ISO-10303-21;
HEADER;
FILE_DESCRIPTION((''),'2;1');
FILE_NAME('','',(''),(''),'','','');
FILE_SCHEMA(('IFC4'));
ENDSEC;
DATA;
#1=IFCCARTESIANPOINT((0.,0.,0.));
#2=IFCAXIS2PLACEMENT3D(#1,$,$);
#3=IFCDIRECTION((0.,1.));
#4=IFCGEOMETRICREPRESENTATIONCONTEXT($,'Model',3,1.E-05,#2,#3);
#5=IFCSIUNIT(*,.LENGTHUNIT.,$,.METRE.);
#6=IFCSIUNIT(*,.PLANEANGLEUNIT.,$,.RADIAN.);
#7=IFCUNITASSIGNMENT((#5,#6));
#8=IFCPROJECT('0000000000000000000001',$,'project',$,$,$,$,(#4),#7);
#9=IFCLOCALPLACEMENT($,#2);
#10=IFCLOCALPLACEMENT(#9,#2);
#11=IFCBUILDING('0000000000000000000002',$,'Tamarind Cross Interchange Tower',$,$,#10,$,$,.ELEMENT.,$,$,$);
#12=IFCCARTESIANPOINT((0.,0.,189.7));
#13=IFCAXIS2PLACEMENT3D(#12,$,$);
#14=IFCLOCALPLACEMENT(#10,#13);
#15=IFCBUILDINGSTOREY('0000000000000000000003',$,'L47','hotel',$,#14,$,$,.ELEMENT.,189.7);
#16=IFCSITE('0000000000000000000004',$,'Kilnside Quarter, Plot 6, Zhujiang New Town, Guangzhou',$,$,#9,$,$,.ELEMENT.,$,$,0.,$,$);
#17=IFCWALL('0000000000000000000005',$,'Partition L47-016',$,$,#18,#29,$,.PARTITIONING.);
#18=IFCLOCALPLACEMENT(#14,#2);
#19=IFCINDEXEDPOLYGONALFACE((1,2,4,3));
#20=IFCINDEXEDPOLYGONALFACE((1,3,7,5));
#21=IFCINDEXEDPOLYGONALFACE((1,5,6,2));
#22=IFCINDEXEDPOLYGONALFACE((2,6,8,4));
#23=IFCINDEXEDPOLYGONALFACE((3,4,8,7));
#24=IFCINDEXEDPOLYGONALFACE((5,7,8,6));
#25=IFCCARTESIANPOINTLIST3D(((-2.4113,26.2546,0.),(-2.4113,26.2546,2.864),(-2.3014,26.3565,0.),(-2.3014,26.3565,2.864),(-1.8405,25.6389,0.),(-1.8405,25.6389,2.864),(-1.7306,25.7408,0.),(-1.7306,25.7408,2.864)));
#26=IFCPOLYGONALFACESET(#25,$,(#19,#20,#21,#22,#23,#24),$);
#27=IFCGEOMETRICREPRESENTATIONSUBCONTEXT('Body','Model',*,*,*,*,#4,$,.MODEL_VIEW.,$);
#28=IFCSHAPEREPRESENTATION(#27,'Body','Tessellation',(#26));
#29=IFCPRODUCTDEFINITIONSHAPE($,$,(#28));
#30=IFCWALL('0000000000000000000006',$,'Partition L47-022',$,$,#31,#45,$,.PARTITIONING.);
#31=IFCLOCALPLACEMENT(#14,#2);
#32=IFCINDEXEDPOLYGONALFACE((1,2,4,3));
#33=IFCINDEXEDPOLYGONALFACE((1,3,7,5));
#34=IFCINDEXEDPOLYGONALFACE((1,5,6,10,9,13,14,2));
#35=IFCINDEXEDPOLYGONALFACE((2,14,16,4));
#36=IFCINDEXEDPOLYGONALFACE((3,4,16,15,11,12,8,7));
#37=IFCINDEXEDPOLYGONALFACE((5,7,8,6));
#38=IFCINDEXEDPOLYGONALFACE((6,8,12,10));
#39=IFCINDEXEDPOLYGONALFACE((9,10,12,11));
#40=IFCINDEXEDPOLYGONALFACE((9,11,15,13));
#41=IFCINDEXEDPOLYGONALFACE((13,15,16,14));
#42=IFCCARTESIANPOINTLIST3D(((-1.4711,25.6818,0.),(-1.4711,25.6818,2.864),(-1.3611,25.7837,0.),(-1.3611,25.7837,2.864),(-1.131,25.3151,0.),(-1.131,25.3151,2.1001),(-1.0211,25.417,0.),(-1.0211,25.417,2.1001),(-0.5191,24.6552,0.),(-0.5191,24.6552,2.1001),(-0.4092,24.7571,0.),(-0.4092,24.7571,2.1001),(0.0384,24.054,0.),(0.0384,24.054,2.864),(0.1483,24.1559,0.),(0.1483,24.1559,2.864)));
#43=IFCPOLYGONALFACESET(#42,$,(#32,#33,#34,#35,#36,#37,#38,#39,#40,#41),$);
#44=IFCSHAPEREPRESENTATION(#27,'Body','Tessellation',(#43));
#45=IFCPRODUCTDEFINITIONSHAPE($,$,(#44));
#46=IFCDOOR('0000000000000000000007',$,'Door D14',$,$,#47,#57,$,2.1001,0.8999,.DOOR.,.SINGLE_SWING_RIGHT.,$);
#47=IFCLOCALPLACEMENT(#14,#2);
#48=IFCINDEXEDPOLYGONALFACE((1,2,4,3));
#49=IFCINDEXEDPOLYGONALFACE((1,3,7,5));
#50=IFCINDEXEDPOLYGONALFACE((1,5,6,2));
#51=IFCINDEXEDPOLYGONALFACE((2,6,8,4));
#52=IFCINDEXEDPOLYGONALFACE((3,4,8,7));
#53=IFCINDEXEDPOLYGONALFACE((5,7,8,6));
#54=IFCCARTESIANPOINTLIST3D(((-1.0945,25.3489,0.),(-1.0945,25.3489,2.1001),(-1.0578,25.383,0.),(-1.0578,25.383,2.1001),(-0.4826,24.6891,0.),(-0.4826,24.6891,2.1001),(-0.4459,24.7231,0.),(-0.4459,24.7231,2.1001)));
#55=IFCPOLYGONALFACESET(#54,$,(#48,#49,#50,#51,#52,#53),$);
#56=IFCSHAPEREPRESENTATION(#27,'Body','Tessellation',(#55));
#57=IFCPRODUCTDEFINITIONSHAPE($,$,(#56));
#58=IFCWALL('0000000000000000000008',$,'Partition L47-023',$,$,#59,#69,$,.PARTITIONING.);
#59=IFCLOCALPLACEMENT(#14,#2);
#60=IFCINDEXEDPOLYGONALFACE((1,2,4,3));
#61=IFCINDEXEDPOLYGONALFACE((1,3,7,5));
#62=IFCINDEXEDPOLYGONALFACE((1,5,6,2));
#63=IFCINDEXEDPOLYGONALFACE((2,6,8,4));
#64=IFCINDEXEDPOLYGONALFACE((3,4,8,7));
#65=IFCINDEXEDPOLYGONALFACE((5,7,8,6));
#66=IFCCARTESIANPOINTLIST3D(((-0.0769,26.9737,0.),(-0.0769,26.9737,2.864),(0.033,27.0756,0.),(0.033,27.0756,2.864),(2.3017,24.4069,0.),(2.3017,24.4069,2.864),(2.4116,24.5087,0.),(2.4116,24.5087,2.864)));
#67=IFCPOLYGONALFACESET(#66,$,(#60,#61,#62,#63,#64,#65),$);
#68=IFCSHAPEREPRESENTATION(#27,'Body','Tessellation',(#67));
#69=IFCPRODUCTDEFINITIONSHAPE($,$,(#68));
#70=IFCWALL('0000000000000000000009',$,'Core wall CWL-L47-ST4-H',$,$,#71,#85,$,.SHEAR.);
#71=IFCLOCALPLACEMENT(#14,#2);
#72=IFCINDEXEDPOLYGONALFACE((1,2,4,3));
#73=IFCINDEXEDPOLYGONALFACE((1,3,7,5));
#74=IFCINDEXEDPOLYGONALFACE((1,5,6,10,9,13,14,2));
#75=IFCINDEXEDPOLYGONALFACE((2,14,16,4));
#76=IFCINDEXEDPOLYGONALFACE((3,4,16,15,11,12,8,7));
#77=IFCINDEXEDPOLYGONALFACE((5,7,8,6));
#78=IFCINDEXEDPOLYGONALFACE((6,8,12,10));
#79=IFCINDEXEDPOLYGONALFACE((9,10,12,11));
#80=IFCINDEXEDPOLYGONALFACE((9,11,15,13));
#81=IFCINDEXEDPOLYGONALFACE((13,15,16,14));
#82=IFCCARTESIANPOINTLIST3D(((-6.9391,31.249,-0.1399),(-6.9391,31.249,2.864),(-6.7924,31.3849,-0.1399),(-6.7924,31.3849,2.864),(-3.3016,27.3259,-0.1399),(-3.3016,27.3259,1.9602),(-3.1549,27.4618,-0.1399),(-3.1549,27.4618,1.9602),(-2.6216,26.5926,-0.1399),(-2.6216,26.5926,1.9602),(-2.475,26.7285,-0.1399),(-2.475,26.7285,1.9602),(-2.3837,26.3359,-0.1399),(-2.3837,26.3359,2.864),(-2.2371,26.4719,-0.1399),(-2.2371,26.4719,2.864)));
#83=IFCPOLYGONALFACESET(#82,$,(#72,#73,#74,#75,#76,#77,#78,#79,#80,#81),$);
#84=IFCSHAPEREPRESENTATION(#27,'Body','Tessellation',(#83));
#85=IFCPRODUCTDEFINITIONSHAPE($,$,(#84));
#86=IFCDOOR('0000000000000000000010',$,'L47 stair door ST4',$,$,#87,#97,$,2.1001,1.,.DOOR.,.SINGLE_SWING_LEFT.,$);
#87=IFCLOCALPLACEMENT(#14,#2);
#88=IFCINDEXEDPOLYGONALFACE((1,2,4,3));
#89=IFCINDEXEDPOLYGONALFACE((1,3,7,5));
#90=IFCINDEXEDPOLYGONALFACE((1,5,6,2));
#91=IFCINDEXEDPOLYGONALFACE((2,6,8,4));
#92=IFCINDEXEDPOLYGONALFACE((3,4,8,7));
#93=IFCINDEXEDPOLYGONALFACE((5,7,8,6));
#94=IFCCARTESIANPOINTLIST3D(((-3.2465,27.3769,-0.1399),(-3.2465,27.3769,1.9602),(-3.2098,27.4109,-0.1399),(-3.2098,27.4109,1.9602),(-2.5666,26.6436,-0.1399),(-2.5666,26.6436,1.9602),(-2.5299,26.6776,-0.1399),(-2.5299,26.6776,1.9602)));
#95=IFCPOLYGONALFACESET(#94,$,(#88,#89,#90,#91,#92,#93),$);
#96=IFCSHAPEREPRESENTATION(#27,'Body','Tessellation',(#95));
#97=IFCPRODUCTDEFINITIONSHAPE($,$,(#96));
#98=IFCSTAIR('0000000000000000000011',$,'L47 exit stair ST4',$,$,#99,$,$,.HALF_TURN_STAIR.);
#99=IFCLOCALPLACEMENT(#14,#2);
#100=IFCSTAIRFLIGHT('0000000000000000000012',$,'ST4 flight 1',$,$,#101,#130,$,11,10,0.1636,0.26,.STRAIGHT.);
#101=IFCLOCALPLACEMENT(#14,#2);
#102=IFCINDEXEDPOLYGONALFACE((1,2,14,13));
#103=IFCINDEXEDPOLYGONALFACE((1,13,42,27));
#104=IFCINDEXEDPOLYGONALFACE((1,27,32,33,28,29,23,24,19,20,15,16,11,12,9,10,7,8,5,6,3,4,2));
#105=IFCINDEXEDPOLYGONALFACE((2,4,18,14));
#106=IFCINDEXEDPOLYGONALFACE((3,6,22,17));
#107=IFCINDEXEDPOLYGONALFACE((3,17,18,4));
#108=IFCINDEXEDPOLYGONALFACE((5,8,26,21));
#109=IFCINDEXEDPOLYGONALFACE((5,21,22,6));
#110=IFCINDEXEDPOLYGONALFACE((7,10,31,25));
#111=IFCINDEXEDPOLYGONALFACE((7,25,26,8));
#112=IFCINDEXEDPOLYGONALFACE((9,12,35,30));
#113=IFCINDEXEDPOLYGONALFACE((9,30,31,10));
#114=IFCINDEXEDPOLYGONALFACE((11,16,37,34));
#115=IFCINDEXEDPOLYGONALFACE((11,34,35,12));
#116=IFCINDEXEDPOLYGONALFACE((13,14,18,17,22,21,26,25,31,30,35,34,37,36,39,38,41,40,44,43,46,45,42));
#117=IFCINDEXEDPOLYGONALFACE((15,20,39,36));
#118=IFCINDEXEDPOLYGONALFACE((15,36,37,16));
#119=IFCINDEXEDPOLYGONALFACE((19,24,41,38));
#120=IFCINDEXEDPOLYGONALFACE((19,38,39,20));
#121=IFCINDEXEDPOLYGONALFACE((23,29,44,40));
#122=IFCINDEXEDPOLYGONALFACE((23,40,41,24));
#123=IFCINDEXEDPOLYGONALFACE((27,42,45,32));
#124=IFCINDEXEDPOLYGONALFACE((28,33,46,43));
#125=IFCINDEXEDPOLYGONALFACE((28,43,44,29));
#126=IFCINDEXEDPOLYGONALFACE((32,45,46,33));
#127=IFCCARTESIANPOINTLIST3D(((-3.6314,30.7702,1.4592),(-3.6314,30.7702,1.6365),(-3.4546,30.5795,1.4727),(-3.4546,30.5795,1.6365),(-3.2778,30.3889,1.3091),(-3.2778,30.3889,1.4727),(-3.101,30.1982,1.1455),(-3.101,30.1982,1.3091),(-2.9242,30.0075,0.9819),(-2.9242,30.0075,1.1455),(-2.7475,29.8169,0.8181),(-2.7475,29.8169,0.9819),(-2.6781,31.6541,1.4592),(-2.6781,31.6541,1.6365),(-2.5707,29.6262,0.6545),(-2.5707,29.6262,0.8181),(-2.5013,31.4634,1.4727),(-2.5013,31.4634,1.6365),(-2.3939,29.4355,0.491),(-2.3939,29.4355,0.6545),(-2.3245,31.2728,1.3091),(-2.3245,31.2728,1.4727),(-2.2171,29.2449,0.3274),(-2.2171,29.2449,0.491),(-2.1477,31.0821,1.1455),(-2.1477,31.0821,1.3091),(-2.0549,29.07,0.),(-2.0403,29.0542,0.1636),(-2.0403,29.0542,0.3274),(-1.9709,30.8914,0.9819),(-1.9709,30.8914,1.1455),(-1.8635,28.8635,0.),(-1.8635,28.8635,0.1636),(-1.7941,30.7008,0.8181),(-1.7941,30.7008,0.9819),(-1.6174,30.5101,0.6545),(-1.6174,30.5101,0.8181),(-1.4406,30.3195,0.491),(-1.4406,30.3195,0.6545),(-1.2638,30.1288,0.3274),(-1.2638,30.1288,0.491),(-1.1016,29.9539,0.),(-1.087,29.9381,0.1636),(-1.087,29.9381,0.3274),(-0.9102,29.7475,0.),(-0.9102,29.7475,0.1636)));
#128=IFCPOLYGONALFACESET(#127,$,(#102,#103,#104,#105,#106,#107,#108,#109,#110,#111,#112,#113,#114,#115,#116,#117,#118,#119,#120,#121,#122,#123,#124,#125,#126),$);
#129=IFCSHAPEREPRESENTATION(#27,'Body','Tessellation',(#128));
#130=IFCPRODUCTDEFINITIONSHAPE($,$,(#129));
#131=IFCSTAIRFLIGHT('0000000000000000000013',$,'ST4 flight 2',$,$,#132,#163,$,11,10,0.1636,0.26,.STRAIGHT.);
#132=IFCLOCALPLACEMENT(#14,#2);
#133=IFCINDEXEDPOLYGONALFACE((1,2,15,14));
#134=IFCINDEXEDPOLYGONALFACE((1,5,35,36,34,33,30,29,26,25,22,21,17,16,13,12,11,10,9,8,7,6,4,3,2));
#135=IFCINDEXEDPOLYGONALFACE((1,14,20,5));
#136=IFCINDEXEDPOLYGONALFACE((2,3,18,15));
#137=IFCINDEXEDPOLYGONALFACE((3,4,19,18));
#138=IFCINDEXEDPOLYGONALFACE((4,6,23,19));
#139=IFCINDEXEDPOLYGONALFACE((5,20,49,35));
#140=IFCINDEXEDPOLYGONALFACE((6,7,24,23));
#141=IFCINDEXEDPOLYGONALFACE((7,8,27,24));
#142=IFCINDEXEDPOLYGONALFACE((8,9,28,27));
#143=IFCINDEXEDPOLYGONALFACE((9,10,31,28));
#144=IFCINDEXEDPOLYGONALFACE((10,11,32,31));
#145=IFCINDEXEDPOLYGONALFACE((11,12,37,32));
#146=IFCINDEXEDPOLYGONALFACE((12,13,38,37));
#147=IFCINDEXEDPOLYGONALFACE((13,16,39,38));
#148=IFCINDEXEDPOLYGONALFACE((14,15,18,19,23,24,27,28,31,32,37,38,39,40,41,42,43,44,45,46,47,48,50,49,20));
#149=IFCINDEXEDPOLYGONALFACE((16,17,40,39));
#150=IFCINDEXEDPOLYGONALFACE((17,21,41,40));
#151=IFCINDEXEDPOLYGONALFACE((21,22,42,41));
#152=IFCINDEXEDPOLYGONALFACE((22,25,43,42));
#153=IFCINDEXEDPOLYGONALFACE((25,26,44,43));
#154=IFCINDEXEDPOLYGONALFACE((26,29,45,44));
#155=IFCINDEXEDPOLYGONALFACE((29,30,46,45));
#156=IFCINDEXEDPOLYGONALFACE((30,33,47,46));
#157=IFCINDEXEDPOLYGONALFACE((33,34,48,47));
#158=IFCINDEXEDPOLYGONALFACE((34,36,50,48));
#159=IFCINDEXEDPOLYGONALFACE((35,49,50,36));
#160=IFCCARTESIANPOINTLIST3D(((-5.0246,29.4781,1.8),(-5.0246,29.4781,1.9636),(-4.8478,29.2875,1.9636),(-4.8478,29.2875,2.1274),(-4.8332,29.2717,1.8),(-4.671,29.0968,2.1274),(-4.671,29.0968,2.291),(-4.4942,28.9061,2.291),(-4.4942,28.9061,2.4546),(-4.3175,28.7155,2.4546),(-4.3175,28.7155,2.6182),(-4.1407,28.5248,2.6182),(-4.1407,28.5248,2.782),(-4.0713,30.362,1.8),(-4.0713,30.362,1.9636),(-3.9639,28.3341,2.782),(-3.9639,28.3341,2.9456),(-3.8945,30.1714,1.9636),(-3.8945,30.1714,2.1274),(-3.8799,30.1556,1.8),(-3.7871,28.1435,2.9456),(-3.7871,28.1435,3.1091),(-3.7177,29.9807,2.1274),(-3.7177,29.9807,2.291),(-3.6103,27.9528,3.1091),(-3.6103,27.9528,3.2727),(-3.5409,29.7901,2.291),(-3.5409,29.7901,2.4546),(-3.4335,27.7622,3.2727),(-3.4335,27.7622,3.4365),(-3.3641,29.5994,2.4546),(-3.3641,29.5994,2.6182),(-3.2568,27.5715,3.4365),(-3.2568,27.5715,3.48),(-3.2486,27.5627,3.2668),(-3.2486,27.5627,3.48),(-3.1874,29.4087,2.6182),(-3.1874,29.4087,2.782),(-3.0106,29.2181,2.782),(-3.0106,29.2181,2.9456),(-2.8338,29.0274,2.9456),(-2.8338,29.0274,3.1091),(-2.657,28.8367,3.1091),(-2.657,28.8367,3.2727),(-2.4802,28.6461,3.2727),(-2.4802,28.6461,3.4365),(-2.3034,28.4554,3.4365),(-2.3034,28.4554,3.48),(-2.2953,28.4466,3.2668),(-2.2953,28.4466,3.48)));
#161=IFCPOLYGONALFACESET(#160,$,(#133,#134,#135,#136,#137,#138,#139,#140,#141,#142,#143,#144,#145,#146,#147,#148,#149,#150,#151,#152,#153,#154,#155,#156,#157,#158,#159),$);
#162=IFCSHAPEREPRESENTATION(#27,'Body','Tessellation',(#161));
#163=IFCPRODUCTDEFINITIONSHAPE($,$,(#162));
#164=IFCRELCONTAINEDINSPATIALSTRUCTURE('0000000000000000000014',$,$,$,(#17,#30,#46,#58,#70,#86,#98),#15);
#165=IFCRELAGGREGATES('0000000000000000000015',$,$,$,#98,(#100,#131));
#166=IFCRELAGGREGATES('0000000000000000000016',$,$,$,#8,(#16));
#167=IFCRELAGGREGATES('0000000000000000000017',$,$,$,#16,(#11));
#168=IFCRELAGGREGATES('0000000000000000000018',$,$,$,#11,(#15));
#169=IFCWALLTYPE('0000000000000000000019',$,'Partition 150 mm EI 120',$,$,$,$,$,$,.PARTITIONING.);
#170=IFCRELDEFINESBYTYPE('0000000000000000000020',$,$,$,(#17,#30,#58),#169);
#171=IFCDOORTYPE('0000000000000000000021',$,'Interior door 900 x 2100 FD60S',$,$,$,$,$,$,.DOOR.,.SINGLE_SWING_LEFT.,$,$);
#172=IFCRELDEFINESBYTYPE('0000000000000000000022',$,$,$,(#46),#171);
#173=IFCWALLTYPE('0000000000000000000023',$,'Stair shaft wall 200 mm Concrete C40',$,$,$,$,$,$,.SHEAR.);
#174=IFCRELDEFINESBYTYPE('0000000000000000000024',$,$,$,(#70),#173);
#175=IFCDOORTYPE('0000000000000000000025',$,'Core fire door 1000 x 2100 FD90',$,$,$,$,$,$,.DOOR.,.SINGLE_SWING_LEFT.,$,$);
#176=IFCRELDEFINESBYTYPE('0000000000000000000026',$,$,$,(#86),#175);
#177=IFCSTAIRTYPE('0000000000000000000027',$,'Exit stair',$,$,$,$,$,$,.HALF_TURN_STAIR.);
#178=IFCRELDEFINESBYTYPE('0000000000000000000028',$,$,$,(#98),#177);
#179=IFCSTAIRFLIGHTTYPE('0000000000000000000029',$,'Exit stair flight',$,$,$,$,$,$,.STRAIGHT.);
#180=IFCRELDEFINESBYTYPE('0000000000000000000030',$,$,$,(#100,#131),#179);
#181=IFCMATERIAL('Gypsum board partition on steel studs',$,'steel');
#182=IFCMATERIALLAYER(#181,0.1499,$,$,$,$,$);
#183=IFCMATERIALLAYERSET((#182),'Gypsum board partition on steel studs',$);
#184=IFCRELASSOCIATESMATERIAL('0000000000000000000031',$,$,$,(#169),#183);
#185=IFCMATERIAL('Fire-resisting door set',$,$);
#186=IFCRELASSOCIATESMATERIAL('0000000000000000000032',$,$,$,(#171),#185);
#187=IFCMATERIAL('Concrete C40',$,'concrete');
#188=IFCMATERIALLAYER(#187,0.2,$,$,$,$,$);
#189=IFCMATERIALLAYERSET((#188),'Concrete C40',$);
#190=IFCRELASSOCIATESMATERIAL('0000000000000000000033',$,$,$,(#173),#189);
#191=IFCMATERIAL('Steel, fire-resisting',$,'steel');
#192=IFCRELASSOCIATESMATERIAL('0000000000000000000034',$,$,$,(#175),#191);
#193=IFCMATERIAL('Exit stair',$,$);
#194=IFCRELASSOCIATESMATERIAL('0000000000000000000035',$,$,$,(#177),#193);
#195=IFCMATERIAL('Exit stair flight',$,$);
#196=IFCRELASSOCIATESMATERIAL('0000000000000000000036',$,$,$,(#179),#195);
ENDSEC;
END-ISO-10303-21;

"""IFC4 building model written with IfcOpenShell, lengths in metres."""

from ifc_helpers import new_model, si_unit, direction, frame, frame_2d, origin, place, context, subcontext, project, spatial, polyline, rectangle, outline, extrude, material, layer, layer_set, type_object, element, fill, aggregate, save


model = new_model("IFC4")

# Units and contexts
model_context = context("Model", 3, precision=1e-05, world=origin(), true_north=direction((0.0, 1.0)))
body_context = subcontext(model_context, "Body", "Model", "MODEL_VIEW")
ifc_project = project(units=[si_unit("LENGTHUNIT", "METRE"), si_unit("PLANEANGLEUNIT", "RADIAN")], contexts=[model_context])

# Site, building, storey
site_placement = place(None, origin())
site = spatial("IfcSite", under=ifc_project, at=site_placement, Name="Kilnside Quarter, Plot 6, Zhujiang New Town, Guangzhou", CompositionType="ELEMENT", RefElevation=0.0)
building_placement = place(site_placement, origin())
building = spatial("IfcBuilding", under=site, at=building_placement, Name="Tamarind Cross Interchange Tower", CompositionType="ELEMENT")
storey_placement = place(building_placement, frame((0.0, 0.0, 189.7)))
storey = spatial("IfcBuildingStorey", under=building, at=storey_placement, Name="L47", Description="hotel", CompositionType="ELEMENT", Elevation=189.7)

# Wall
ifc_material_1 = material(Name="Gypsum board partition on steel studs", Category="steel")
ifc_layer_1 = layer(ifc_material_1, 0.1499)
ifc_layer_set_1 = layer_set([ifc_layer_1], Name="Gypsum board partition on steel studs")
wall_type_1 = type_object("IfcWallType", Name="Partition 150 mm EI 120", PredefinedType="PARTITIONING", material=ifc_layer_set_1)
wall_1_placement = place(storey_placement, frame((-2.3564, 26.3057, 0.0), z_axis=(0.0, 0.0, 1.0), x_axis=(0.679849, -0.733353, 0.0)))
element("IfcWall", 1, at=wall_1_placement, inside=storey, type_object=wall_type_1, Name="Partition L47-016", PredefinedType="PARTITIONING", context=body_context, shape_type="SweptSolid", body=[
    extrude(rectangle(XDim=0.8396, YDim=0.1499, at=frame_2d((0.4199, 0.0))), origin(), (0.0, 0.0, 1.0), 2.864),
])

# Wall, opening, door
wall_2_placement = place(storey_placement, frame((-1.416, 25.7327, 0.0), z_axis=(0.0, 0.0, 1.0), x_axis=(0.679936, -0.733271, 0.0)))
wall_2 = element("IfcWall", 2, at=wall_2_placement, inside=storey, type_object=wall_type_1, Name="Partition L47-022", PredefinedType="PARTITIONING", context=body_context, shape_type="SweptSolid", body=[
    extrude(rectangle(XDim=2.22, YDim=0.1499, at=frame_2d((1.1099, 0.0))), origin(), (0.0, 0.0, 1.0), 2.864),
])
opening_1_placement = place(wall_2_placement, frame((0.5, 0.0, 0.0)))
opening_1 = element("IfcOpeningElement", 3, at=opening_1_placement, cuts=wall_2, PredefinedType="OPENING", context=body_context, shape_type="SweptSolid", body=[
    extrude(rectangle(XDim=0.8999, YDim=2.1001, at=frame_2d((0.45, 1.05))), frame((0.0, 0.085, 0.0), z_axis=(0.0, -1.0, 0.0), x_axis=(1.0, 0.0, 0.0)), (0.0, 0.0, 1.0), 0.1699),
])
ifc_material_2 = material(Name="Fire-resisting door set")
door_type_1 = type_object("IfcDoorType", Name="Interior door 900 x 2100 FD60S", OperationType="SINGLE_SWING_LEFT", PredefinedType="DOOR", material=ifc_material_2)
door_1_placement = place(opening_1_placement, origin())
door_1 = element("IfcDoor", 4, at=door_1_placement, inside=storey, type_object=door_type_1, Name="Door D14", OperationType="SINGLE_SWING_RIGHT", OverallHeight=2.1001, OverallWidth=0.8999, PredefinedType="DOOR", context=body_context, shape_type="SweptSolid", body=[
    extrude(rectangle(XDim=0.8999, YDim=2.1001, at=frame_2d((0.45, 1.05))), frame((0.0, 0.0249, 0.0), z_axis=(0.0, -1.0, 0.0), x_axis=(1.0, 0.0, 0.0)), (0.0, 0.0, 1.0), 0.05),
])
fill(opening_1, door_1)

# Wall
wall_3_placement = place(storey_placement, frame((-0.022, 27.0247, 0.0), z_axis=(0.0, 0.0, 1.0), x_axis=(0.679702, -0.733489, 0.0)))
element("IfcWall", 5, at=wall_3_placement, inside=storey, type_object=wall_type_1, Name="Partition L47-023", PredefinedType="PARTITIONING", context=body_context, shape_type="SweptSolid", body=[
    extrude(rectangle(XDim=3.4995, YDim=0.1499, at=frame_2d((1.7498, 0.0))), origin(), (0.0, 0.0, 1.0), 2.864),
])

# Wall, opening, door
ifc_material_3 = material(Name="Concrete C40", Category="concrete")
ifc_layer_2 = layer(ifc_material_3, 0.2)
ifc_layer_set_2 = layer_set([ifc_layer_2], Name="Concrete C40")
wall_type_2 = type_object("IfcWallType", Name="Stair shaft wall 200 mm Concrete C40", PredefinedType="SHEAR", material=ifc_layer_set_2)
wall_4_placement = place(storey_placement, frame((-2.3103, 26.4038, -0.1399), z_axis=(0.0, 0.0, 1.0), x_axis=(-0.679911, 0.733294, 0.0)))
wall_4 = element("IfcWall", 6, at=wall_4_placement, inside=storey, type_object=wall_type_2, Name="Core wall CWL-L47-ST4-H", PredefinedType="SHEAR", context=body_context, shape_type="SweptSolid", body=[
    extrude(rectangle(XDim=6.7, YDim=0.2, at=frame_2d((3.3501, 0.0))), origin(), (0.0, 0.0, 1.0), 3.0039),
])
opening_2_placement = place(wall_4_placement, frame((0.3501, 0.0, 0.0)))
opening_2 = element("IfcOpeningElement", 7, at=opening_2_placement, cuts=wall_4, PredefinedType="OPENING", context=body_context, shape_type="SweptSolid", body=[
    extrude(rectangle(XDim=1.0, YDim=2.1001, at=frame_2d((0.5, 1.05))), frame((0.0, 0.1099, 0.0), z_axis=(0.0, -1.0, 0.0), x_axis=(1.0, 0.0, 0.0)), (0.0, 0.0, 1.0), 0.22),
])
ifc_material_4 = material(Name="Steel, fire-resisting", Category="steel")
door_type_2 = type_object("IfcDoorType", Name="Core fire door 1000 x 2100 FD90", OperationType="SINGLE_SWING_LEFT", PredefinedType="DOOR", material=ifc_material_4)
door_2_placement = place(opening_2_placement, origin())
door_2 = element("IfcDoor", 8, at=door_2_placement, inside=storey, type_object=door_type_2, Name="L47 stair door ST4", OperationType="SINGLE_SWING_LEFT", OverallHeight=2.1001, OverallWidth=1.0, PredefinedType="DOOR", context=body_context, shape_type="SweptSolid", body=[
    extrude(rectangle(XDim=1.0, YDim=2.1001, at=frame_2d((0.5, 1.05))), frame((0.0, 0.0249, 0.0), z_axis=(0.0, -1.0, 0.0), x_axis=(1.0, 0.0, 0.0)), (0.0, 0.0, 1.0), 0.05),
])
fill(opening_2, door_2)

# Stair, stair flights
ifc_material_5 = material(Name="Exit stair")
stair_type = type_object("IfcStairType", Name="Exit stair", PredefinedType="HALF_TURN_STAIR", material=ifc_material_5)
stair_placement = place(storey_placement, origin())
stair = element("IfcStair", 9, at=stair_placement, inside=storey, type_object=stair_type, Name="L47 exit stair ST4", PredefinedType="HALF_TURN_STAIR")
ifc_material_6 = material(Name="Exit stair flight")
stair_flight_type = type_object("IfcStairFlightType", Name="Exit stair flight", PredefinedType="STRAIGHT", material=ifc_material_6)
stair_flight_1_placement = place(storey_placement, frame((-1.387, 29.3054, 0.0), z_axis=(0.0, 0.0, 1.0), x_axis=(-0.679912, 0.733293, 0.0)))
stair_flight_1 = element("IfcStairFlight", 10, at=stair_flight_1_placement, type_object=stair_flight_type, Name="ST4 flight 1", NumberOfRisers=11, NumberOfTreads=10, PredefinedType="STRAIGHT", RiserHeight=0.1636, TreadLength=0.26, context=body_context, shape_type="SweptSolid", body=[
    extrude(outline(polyline([(0.0, 0.0), (0.0, 0.1636), (0.26, 0.1636), (0.26, 0.3274), (0.52, 0.3274), (0.52, 0.491), (0.78, 0.491), (0.78, 0.6545), (1.04, 0.6545), (1.04, 0.8181), (1.3, 0.8181), (1.3, 0.9819), (1.5601, 0.9819), (1.5601, 1.1455), (1.8201, 1.1455), (1.8201, 1.3091), (2.0801, 1.3091), (2.0801, 1.4727), (2.3401, 1.4727), (2.3401, 1.6365), (2.6001, 1.6365), (2.6001, 1.8), (2.6001, 1.4592), (0.2815, 0.0), (0.0, 0.0)])), frame((0.0, 0.6499, 0.0), z_axis=(0.0, -1.0, 0.0), x_axis=(1.0, 0.0, 0.0)), (0.0, 0.0, 1.0), 1.3),
])
stair_flight_2_placement = place(storey_placement, frame((-4.5479, 29.9202, 1.8), z_axis=(0.0, 0.0, 1.0), x_axis=(0.679912, -0.733293, 0.0)))
stair_flight_2 = element("IfcStairFlight", 11, at=stair_flight_2_placement, type_object=stair_flight_type, Name="ST4 flight 2", NumberOfRisers=11, NumberOfTreads=10, PredefinedType="STRAIGHT", RiserHeight=0.1636, TreadLength=0.26, context=body_context, shape_type="SweptSolid", body=[
    extrude(outline(polyline([(0.0, 0.0), (0.0, 0.1636), (0.26, 0.1636), (0.26, 0.3274), (0.52, 0.3274), (0.52, 0.491), (0.78, 0.491), (0.78, 0.6545), (1.04, 0.6545), (1.04, 0.8181), (1.3, 0.8181), (1.3, 0.9819), (1.5601, 0.9819), (1.5601, 1.1455), (1.8201, 1.1455), (1.8201, 1.3091), (2.0801, 1.3091), (2.0801, 1.4727), (2.3401, 1.4727), (2.3401, 1.6365), (2.6001, 1.6365), (2.6001, 1.6799), (2.6121, 1.6799), (2.6121, 1.4668), (0.2815, 0.0), (0.0, 0.0)])), frame((0.0, 0.6499, 0.0), z_axis=(0.0, -1.0, 0.0), x_axis=(1.0, 0.0, 0.0)), (0.0, 0.0, 1.0), 1.3),
])
aggregate(stair, [stair_flight_1, stair_flight_2])

save(model, "model.ifc")
